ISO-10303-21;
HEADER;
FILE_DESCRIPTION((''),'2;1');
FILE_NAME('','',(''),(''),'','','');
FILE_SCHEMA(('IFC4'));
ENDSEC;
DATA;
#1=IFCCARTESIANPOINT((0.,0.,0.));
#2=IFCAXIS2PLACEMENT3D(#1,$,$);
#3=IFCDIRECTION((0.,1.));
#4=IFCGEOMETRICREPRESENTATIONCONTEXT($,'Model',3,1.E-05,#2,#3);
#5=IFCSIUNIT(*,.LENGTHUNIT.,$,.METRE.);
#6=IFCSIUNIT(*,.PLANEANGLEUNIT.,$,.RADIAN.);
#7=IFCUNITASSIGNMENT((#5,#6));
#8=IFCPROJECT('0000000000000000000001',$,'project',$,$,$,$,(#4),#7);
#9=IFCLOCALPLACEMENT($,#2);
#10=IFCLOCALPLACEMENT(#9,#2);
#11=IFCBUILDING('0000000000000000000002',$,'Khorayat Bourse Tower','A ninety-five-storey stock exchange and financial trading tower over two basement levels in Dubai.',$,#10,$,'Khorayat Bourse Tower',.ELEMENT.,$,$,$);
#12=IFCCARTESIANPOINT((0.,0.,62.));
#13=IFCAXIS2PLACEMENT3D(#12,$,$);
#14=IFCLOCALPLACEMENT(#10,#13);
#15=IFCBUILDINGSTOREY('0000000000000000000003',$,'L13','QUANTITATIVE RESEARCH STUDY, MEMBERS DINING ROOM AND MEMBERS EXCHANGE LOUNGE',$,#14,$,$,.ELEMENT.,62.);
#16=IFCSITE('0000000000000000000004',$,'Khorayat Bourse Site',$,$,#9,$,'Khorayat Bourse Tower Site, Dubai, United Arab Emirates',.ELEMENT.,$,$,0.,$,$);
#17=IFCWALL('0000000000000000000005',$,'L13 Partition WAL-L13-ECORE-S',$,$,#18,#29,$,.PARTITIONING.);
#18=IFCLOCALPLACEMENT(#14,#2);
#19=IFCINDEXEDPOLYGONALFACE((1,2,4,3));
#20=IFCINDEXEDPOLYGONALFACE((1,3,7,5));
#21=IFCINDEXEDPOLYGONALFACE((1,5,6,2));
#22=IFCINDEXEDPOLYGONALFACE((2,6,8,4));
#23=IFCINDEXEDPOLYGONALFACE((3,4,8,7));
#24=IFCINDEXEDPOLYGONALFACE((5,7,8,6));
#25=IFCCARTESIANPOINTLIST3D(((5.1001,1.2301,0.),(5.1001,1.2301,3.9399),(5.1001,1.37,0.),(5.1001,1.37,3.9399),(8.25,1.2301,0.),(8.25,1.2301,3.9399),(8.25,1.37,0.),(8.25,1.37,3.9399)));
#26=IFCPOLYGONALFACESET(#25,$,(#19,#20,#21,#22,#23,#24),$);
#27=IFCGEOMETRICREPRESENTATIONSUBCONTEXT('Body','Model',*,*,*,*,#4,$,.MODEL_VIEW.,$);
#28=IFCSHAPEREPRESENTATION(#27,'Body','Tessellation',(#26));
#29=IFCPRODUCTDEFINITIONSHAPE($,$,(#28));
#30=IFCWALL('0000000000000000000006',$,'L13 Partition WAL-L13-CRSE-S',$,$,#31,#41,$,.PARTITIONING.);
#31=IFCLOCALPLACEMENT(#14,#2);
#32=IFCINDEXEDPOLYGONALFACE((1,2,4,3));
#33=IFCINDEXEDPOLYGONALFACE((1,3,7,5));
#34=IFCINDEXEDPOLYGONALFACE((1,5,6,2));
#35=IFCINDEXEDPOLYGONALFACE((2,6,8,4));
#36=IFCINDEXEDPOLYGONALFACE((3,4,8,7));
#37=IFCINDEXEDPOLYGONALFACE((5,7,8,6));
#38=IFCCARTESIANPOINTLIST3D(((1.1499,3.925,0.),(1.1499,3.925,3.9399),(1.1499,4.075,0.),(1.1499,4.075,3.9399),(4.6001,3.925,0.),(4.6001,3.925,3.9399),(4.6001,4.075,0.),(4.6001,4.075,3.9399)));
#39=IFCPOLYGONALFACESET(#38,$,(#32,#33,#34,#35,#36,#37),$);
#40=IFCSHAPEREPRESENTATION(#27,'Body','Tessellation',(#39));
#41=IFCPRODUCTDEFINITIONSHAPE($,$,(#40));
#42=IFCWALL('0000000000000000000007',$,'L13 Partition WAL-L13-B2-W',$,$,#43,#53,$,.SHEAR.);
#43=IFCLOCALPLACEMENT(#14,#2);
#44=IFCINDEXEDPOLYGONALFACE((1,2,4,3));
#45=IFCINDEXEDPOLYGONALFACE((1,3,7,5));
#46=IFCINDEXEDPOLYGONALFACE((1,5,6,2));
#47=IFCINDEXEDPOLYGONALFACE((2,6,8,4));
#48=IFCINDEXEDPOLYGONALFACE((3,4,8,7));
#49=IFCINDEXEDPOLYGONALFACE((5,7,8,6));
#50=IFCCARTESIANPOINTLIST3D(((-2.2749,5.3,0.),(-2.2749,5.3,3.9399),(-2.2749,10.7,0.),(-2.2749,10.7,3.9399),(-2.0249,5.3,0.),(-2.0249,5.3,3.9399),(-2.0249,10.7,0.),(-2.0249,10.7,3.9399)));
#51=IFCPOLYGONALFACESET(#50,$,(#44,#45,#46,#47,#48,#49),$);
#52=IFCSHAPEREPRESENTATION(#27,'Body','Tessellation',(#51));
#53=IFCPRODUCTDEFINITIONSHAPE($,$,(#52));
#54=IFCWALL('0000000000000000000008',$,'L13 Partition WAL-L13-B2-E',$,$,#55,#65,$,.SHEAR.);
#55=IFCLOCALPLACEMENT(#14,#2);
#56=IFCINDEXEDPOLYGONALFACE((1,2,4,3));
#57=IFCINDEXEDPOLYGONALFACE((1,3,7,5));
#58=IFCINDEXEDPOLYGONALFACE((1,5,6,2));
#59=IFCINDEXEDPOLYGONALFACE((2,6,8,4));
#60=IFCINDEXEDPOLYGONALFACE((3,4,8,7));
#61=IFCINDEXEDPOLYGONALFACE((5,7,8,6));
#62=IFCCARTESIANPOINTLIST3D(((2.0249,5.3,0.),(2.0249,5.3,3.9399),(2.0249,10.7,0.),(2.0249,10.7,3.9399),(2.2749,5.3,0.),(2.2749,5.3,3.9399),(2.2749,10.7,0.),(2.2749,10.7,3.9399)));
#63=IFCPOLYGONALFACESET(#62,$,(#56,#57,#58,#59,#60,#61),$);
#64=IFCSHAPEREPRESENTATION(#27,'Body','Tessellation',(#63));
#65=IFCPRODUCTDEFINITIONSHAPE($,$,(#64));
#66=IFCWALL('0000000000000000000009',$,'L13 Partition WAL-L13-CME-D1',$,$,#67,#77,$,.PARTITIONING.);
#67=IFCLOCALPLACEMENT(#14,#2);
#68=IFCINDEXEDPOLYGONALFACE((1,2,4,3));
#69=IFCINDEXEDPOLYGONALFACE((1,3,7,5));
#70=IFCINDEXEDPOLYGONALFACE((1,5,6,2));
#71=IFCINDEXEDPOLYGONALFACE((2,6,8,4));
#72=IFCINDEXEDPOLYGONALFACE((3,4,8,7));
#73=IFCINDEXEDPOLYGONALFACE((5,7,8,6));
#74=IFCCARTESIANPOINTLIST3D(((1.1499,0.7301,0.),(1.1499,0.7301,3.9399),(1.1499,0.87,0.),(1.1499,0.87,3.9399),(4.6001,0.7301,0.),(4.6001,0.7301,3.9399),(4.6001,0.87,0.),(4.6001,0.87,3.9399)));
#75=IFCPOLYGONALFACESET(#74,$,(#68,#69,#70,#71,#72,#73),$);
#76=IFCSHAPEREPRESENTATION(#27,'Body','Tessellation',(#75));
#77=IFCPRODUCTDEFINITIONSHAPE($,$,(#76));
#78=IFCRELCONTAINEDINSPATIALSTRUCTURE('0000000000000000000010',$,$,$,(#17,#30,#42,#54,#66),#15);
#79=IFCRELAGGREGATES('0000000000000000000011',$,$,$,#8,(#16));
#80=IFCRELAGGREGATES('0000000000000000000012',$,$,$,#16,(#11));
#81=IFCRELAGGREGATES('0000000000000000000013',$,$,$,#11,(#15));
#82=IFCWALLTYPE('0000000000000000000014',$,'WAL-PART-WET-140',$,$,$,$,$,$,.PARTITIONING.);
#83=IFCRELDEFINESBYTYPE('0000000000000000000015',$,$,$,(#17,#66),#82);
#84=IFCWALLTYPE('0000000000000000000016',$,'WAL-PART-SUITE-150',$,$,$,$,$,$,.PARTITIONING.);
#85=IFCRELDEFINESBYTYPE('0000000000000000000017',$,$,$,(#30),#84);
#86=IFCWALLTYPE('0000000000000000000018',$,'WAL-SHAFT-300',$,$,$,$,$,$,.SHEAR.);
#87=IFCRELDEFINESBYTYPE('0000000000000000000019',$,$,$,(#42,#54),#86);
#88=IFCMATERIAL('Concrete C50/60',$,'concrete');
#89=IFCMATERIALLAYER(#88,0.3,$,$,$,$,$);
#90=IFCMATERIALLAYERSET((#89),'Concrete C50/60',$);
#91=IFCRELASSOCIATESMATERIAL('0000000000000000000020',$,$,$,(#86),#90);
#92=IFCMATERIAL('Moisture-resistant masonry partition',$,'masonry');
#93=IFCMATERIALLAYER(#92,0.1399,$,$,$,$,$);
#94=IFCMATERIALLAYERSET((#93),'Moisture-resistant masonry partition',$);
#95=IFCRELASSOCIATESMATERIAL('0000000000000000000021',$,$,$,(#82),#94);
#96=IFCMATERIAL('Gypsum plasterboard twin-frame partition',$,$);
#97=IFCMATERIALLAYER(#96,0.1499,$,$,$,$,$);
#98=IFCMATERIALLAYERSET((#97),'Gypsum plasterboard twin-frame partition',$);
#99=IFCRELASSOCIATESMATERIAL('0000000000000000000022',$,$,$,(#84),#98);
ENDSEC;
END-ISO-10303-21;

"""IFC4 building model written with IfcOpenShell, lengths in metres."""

from ifc_helpers import new_model, si_unit, direction, frame, frame_2d, origin, place, context, subcontext, project, spatial, rectangle, extrude, source, transform, mapped, material, layer, layer_set, type_object, element, save


model = new_model("IFC4")

# Units and contexts
model_context = context("Model", 3, precision=1e-05, world=origin(), true_north=direction((0.0, 1.0)))
body_context = subcontext(model_context, "Body", "Model", "MODEL_VIEW")
ifc_project = project(units=[si_unit("LENGTHUNIT", "METRE"), si_unit("PLANEANGLEUNIT", "RADIAN")], contexts=[model_context])

# Site, building, storey
site_placement = place(None, origin())
site = spatial("IfcSite", under=ifc_project, at=site_placement, Name="Khorayat Bourse Site", LongName="Khorayat Bourse Tower Site, Dubai, United Arab Emirates", CompositionType="ELEMENT", RefElevation=0.0)
building_placement = place(site_placement, origin())
building = spatial("IfcBuilding", under=site, at=building_placement, Name="Khorayat Bourse Tower", Description="A ninety-five-storey stock exchange and financial trading tower over two basement levels in Dubai.", LongName="Khorayat Bourse Tower", CompositionType="ELEMENT")
storey_placement = place(building_placement, frame((0.0, 0.0, 62.0)))
storey = spatial("IfcBuildingStorey", under=building, at=storey_placement, Name="L13", Description="QUANTITATIVE RESEARCH STUDY, MEMBERS DINING ROOM AND MEMBERS EXCHANGE LOUNGE", CompositionType="ELEMENT", Elevation=62.0)

# Wall
ifc_material_1 = material(Name="Concrete C50/60", Category="concrete")
ifc_layer_1 = layer(ifc_material_1, 0.3)
ifc_layer_set_1 = layer_set([ifc_layer_1], Name="Concrete C50/60")
wall_type_1 = type_object("IfcWallType", Name="WAL-SHAFT-300", PredefinedType="SHEAR", material=ifc_layer_set_1)
ifc_material_2 = material(Name="Moisture-resistant masonry partition", Category="masonry")
ifc_layer_2 = layer(ifc_material_2, 0.1399)
ifc_layer_set_2 = layer_set([ifc_layer_2], Name="Moisture-resistant masonry partition")
wall_type_2 = type_object("IfcWallType", Name="WAL-PART-WET-140", PredefinedType="PARTITIONING", material=ifc_layer_set_2)
shared_shape_1 = source(origin(), body_context, "Body", "SweptSolid", [
    extrude(rectangle(XDim=3.1499, YDim=0.1399, at=frame_2d((1.575, 0.0))), origin(), (0.0, 0.0, 1.0), 3.9399),
])
wall_1_placement = place(storey_placement, frame((5.1001, 1.3, 0.0), z_axis=(0.0, 0.0, 1.0), x_axis=(1.0, 0.0, 0.0)))
element("IfcWall", 1, at=wall_1_placement, inside=storey, type_object=wall_type_2, Name="L13 Partition WAL-L13-ECORE-S", PredefinedType="PARTITIONING", context=body_context, shape_type="MappedRepresentation", body=[
    mapped(shared_shape_1, transform((0.0, 0.0, 0.0), scale=1.0)),
])

# Walls
ifc_material_3 = material(Name="Gypsum plasterboard twin-frame partition")
ifc_layer_3 = layer(ifc_material_3, 0.1499)
ifc_layer_set_3 = layer_set([ifc_layer_3], Name="Gypsum plasterboard twin-frame partition")
wall_type_3 = type_object("IfcWallType", Name="WAL-PART-SUITE-150", PredefinedType="PARTITIONING", material=ifc_layer_set_3)
shared_shape_2 = source(origin(), body_context, "Body", "SweptSolid", [
    extrude(rectangle(XDim=3.4502, YDim=0.1499, at=frame_2d((1.7251, 0.0))), origin(), (0.0, 0.0, 1.0), 3.9399),
])
wall_2_placement = place(storey_placement, frame((1.1499, 4.0, 0.0), z_axis=(0.0, 0.0, 1.0), x_axis=(1.0, 0.0, 0.0)))
element("IfcWall", 2, at=wall_2_placement, inside=storey, type_object=wall_type_3, Name="L13 Partition WAL-L13-CRSE-S", PredefinedType="PARTITIONING", context=body_context, shape_type="MappedRepresentation", body=[
    mapped(shared_shape_2, transform((0.0, 0.0, 0.0), scale=1.0)),
])
shared_shape_3 = source(origin(), body_context, "Body", "SweptSolid", [
    extrude(rectangle(XDim=5.3999, YDim=0.25, at=frame_2d((2.7, 0.0))), origin(), (0.0, 0.0, 1.0), 3.9399),
])
for number, where, z_axis, x_axis, name in (
    (3, (-2.1499, 5.3, 0.0), (0.0, 0.0, 1.0), (0.0, 1.0, 0.0), "L13 Partition WAL-L13-B2-W"),
    (4, (2.1499, 5.3, 0.0), (0.0, 0.0, 1.0), (0.0, 1.0, 0.0), "L13 Partition WAL-L13-B2-E"),
):
    element("IfcWall", number, at=place(storey_placement, frame(where, z_axis=z_axis, x_axis=x_axis)), inside=storey, type_object=wall_type_1, Name=name, PredefinedType="SHEAR", context=body_context, shape_type="MappedRepresentation", body=[
        mapped(shared_shape_3, transform((0.0, 0.0, 0.0), scale=1.0)),
    ])
shared_shape_4 = source(origin(), body_context, "Body", "SweptSolid", [
    extrude(rectangle(XDim=3.4502, YDim=0.1399, at=frame_2d((1.7251, 0.0))), origin(), (0.0, 0.0, 1.0), 3.9399),
])
wall_3_placement = place(storey_placement, frame((1.1499, 0.8, 0.0), z_axis=(0.0, 0.0, 1.0), x_axis=(1.0, 0.0, 0.0)))
element("IfcWall", 5, at=wall_3_placement, inside=storey, type_object=wall_type_2, Name="L13 Partition WAL-L13-CME-D1", PredefinedType="PARTITIONING", context=body_context, shape_type="MappedRepresentation", body=[
    mapped(shared_shape_4, transform((0.0, 0.0, 0.0), scale=1.0)),
])

save(model, "model.ifc")
